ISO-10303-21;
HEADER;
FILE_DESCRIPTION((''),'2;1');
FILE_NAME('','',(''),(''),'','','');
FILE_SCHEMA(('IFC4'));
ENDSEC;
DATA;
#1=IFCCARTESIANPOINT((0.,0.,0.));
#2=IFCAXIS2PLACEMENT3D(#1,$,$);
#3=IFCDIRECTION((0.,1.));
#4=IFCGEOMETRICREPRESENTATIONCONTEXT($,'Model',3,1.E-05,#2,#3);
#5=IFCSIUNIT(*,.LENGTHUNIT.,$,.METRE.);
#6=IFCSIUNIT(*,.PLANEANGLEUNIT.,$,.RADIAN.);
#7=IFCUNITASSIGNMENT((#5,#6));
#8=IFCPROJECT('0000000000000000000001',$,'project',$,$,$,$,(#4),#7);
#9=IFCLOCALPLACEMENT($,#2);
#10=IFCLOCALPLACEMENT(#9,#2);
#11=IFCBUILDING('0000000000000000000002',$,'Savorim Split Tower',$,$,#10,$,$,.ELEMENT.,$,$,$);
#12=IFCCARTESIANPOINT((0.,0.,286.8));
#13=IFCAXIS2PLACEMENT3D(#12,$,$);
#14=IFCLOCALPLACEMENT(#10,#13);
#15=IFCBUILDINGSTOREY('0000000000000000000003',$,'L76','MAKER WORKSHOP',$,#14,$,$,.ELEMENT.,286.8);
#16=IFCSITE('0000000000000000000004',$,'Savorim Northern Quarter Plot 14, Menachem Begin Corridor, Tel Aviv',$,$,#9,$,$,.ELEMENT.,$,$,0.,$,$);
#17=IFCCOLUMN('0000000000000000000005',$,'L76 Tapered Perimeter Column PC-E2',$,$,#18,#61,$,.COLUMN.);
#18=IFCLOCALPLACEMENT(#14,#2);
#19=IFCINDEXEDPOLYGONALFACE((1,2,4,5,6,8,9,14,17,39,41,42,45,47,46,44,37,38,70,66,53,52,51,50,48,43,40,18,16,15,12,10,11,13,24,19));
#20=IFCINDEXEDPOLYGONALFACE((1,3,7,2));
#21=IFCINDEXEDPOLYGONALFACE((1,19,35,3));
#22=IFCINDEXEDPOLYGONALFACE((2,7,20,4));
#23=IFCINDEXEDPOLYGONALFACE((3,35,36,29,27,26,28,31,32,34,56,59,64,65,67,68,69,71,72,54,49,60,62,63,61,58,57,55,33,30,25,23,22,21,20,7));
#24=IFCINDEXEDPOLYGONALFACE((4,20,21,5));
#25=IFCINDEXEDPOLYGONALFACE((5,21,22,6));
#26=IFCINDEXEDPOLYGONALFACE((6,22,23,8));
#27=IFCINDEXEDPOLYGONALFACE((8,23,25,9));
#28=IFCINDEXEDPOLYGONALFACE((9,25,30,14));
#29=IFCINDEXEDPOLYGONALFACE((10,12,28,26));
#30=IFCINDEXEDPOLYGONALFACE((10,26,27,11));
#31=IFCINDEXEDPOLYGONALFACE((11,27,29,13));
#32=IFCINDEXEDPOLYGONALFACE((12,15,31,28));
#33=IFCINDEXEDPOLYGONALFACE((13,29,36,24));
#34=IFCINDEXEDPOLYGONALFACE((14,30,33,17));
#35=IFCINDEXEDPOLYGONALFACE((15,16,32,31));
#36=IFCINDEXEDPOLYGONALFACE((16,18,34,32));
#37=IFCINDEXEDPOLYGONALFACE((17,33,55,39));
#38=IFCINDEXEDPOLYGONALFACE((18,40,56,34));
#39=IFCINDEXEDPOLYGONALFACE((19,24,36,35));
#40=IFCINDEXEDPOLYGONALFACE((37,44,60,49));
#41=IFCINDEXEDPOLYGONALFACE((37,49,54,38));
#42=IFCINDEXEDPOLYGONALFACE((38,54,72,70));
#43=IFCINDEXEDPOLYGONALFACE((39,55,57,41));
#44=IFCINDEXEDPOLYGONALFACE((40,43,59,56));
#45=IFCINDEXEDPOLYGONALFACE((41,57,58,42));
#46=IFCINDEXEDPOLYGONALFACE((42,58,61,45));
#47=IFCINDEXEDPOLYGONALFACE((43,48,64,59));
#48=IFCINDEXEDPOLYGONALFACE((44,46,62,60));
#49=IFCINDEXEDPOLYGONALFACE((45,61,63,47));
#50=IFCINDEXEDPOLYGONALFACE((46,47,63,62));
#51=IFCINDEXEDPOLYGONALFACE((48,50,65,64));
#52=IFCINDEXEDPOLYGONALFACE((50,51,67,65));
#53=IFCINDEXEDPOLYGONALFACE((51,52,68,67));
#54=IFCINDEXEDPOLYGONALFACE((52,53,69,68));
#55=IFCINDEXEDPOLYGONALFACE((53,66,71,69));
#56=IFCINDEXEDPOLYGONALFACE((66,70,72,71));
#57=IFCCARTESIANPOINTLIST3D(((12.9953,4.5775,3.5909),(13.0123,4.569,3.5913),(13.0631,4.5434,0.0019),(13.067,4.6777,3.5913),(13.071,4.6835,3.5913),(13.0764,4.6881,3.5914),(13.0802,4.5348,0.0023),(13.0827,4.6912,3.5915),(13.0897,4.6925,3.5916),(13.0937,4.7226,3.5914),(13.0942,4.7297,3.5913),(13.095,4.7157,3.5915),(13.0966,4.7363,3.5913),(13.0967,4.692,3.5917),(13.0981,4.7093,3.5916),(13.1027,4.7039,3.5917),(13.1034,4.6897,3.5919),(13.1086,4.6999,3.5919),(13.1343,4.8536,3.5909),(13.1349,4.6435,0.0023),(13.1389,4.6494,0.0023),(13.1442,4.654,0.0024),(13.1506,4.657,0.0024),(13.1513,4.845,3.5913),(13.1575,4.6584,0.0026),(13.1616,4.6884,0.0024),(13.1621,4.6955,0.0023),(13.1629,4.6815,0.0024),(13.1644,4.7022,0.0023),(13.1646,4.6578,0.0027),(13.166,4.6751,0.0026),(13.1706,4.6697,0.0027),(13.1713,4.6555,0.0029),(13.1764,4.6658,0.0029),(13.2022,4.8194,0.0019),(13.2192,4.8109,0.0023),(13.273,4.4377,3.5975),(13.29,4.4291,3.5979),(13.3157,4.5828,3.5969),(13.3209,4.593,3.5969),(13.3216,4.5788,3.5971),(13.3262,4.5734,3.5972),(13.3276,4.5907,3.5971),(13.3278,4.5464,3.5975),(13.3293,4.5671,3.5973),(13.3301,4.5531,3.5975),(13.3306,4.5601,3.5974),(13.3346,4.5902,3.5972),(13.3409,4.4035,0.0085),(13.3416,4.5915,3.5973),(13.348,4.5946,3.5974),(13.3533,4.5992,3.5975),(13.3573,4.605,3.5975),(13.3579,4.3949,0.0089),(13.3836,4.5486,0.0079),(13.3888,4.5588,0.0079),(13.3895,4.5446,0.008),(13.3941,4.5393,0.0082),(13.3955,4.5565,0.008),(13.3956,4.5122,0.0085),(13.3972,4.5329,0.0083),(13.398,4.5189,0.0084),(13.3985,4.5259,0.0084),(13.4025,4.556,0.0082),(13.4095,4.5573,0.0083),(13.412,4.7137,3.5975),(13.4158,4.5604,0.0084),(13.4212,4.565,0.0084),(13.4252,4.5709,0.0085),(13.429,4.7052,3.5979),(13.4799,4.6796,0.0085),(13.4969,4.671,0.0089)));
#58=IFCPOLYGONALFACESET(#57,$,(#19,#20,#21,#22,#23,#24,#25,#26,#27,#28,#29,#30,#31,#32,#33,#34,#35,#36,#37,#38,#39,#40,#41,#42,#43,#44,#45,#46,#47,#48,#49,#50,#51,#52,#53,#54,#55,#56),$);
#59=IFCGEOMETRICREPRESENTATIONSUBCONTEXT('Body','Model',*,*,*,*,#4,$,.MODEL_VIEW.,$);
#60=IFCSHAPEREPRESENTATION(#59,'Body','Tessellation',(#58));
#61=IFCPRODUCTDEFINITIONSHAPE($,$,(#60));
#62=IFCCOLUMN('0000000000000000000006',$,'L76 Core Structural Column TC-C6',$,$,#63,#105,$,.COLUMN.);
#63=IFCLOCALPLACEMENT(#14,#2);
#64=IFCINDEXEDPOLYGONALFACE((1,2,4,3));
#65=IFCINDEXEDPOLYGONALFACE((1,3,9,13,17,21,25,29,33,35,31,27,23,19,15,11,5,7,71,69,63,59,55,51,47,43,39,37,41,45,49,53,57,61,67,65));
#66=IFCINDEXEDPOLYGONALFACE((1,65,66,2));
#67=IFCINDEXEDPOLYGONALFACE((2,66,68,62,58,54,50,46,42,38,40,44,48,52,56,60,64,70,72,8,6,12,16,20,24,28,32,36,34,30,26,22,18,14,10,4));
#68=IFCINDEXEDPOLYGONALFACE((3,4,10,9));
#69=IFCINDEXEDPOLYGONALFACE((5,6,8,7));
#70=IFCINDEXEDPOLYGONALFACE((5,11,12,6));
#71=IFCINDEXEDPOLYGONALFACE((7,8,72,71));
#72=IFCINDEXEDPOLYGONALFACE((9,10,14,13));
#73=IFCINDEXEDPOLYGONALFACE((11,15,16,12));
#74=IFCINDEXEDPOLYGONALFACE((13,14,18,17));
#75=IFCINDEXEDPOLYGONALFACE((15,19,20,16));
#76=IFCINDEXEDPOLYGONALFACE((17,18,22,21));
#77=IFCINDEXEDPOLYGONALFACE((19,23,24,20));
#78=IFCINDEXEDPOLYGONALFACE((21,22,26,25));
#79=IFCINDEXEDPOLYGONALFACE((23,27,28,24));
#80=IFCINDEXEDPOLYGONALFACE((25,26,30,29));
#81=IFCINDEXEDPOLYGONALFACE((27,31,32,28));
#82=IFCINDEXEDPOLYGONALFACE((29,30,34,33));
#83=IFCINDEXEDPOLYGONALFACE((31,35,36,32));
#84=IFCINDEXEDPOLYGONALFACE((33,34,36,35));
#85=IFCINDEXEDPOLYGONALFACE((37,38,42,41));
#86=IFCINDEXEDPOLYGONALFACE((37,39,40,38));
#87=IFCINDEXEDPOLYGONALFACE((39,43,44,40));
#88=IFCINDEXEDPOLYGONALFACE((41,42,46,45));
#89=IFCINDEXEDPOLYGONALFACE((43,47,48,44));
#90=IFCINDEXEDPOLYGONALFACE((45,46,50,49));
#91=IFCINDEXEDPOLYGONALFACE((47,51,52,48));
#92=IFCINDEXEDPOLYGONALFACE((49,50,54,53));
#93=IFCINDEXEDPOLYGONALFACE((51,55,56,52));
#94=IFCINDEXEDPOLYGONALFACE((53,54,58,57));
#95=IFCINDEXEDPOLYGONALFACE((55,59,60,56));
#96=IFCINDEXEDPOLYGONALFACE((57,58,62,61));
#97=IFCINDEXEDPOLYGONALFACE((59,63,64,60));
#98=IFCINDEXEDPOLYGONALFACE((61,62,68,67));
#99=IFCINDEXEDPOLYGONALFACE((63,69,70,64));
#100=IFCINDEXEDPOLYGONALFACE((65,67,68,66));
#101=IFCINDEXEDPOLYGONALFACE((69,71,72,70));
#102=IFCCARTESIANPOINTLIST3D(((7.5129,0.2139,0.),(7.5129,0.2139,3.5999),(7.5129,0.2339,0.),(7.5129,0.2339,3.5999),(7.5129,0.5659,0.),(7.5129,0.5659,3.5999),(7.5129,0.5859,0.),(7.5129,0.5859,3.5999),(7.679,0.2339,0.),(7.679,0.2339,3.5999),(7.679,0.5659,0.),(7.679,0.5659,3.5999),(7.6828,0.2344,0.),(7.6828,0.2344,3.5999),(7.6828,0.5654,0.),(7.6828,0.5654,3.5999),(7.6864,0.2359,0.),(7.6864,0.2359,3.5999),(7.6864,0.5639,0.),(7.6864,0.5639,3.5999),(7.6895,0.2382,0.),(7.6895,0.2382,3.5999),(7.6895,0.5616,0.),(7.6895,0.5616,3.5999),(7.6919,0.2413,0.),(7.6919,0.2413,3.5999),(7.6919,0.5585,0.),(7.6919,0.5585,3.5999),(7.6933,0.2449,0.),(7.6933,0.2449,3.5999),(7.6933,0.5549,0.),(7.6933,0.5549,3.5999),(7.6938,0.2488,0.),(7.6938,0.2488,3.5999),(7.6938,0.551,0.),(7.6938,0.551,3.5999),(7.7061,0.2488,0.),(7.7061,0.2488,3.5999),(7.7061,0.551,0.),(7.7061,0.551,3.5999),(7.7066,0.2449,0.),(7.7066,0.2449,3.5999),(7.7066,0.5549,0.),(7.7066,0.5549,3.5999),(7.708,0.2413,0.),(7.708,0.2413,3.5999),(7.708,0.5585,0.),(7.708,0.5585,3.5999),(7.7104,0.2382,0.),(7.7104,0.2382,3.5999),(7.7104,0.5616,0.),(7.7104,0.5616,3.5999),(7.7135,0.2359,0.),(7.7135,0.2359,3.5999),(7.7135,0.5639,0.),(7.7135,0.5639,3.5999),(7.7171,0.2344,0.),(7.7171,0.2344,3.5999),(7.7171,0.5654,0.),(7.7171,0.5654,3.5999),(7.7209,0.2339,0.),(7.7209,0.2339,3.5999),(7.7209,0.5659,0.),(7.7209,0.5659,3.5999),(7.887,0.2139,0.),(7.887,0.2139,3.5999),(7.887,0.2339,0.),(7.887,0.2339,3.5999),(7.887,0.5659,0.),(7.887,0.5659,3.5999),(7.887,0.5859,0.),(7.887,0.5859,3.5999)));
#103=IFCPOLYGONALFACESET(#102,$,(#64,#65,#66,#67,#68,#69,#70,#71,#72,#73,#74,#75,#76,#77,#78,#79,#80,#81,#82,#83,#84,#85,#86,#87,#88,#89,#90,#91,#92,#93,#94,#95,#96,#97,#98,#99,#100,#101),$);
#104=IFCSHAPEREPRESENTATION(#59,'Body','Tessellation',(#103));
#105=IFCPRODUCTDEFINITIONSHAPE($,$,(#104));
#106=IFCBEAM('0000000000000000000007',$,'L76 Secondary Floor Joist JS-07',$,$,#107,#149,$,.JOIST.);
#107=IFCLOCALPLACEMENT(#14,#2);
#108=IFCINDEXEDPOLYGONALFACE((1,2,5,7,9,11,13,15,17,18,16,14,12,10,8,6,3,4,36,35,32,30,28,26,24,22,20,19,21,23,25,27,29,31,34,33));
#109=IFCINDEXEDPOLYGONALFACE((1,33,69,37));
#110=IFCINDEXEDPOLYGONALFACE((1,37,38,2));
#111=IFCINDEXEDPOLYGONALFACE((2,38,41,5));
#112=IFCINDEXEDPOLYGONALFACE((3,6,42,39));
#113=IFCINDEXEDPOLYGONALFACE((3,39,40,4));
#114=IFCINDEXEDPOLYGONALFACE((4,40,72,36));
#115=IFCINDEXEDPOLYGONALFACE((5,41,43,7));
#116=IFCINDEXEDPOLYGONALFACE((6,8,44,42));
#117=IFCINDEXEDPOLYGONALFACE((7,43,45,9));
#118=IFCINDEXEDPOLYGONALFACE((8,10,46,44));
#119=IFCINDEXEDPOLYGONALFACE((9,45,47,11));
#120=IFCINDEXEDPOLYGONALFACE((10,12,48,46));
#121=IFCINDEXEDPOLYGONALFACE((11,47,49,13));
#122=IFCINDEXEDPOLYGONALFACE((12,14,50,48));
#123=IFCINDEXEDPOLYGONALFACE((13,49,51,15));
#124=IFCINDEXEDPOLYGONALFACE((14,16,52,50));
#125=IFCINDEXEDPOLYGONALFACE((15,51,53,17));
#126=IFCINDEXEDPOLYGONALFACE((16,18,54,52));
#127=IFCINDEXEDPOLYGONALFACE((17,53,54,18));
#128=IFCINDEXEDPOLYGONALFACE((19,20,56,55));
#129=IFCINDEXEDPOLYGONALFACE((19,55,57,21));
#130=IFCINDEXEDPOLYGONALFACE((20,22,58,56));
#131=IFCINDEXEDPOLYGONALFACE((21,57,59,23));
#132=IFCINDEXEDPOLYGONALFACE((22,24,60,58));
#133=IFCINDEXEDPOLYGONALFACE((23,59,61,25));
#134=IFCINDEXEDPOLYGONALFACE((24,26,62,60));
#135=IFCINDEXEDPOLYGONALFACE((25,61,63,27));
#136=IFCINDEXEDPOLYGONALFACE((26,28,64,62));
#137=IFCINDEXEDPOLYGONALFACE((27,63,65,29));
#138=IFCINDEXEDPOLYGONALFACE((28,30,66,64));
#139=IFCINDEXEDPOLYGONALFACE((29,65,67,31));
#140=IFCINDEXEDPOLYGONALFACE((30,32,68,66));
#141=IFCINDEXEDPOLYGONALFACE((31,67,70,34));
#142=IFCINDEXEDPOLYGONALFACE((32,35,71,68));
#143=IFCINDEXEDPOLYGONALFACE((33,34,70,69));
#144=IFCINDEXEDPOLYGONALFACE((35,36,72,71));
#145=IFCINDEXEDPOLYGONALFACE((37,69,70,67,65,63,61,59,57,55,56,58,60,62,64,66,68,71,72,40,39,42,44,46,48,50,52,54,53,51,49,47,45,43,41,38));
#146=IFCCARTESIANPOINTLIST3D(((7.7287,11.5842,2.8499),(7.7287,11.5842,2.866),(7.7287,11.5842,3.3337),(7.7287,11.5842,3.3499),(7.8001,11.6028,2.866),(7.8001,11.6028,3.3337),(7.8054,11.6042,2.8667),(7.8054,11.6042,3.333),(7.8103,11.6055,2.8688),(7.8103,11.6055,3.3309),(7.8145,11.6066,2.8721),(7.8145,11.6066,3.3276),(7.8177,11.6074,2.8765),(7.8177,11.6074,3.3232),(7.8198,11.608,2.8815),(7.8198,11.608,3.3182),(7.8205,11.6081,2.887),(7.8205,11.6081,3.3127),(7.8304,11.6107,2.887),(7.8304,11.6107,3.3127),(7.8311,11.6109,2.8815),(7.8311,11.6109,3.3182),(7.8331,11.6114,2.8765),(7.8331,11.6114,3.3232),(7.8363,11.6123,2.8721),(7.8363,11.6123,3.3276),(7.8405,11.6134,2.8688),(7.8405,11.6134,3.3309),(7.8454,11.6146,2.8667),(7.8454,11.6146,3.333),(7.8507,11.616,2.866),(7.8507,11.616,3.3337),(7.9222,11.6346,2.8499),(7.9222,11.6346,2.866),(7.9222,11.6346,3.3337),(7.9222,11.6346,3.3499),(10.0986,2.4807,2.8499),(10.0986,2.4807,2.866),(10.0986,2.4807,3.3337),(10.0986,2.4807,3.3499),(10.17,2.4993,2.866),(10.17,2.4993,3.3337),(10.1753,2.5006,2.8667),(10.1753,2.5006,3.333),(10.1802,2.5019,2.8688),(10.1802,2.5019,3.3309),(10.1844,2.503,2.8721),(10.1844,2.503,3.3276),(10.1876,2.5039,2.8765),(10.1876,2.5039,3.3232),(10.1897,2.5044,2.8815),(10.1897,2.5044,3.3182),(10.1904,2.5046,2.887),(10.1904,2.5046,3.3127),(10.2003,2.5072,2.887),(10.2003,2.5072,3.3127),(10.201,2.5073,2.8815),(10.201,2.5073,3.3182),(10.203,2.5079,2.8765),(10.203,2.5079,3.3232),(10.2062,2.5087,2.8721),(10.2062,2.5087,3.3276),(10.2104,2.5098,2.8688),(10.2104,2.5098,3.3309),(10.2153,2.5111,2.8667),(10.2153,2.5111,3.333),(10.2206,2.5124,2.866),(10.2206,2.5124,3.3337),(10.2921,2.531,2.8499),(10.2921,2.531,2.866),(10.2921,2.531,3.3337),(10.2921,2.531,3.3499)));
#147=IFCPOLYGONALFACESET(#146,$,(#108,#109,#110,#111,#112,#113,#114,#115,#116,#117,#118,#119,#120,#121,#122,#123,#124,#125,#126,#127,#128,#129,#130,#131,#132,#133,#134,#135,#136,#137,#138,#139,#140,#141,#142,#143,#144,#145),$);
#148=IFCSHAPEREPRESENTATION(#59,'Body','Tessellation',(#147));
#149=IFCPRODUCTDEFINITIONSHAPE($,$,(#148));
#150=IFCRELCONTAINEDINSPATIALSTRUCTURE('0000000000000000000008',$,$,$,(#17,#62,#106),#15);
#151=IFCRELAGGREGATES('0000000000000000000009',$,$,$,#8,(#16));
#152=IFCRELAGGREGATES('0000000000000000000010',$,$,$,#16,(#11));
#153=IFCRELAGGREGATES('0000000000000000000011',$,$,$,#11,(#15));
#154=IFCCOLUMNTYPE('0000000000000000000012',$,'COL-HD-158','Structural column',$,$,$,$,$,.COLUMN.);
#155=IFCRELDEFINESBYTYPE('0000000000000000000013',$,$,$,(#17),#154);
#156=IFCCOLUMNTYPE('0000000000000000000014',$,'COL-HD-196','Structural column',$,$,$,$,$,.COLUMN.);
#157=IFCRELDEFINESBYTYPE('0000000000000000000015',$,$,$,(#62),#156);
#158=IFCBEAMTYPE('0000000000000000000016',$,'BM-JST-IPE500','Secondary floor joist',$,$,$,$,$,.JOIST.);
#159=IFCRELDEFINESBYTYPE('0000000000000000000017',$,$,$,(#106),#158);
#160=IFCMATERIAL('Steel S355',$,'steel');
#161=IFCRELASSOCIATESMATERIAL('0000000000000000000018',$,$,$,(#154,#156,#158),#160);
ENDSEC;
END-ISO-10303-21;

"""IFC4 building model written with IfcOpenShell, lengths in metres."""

from ifc_helpers import new_model, si_unit, direction, frame, origin, origin_2d, place, context, subcontext, project, spatial, i_section, extrude, material, material_profile, profile_set, type_object, element, save


model = new_model("IFC4")

# Units and contexts
model_context = context("Model", 3, precision=1e-05, world=origin(), true_north=direction((0.0, 1.0)))
body_context = subcontext(model_context, "Body", "Model", "MODEL_VIEW")
ifc_project = project(units=[si_unit("LENGTHUNIT", "METRE"), si_unit("PLANEANGLEUNIT", "RADIAN")], contexts=[model_context])

# Site, building, storey
site_placement = place(None, origin())
site = spatial("IfcSite", under=ifc_project, at=site_placement, Name="Savorim Northern Quarter Plot 14, Menachem Begin Corridor, Tel Aviv", CompositionType="ELEMENT", RefElevation=0.0)
building_placement = place(site_placement, origin())
building = spatial("IfcBuilding", under=site, at=building_placement, Name="Savorim Split Tower", CompositionType="ELEMENT")
storey_placement = place(building_placement, frame((0.0, 0.0, 286.8)))
storey = spatial("IfcBuildingStorey", under=building, at=storey_placement, Name="L76", Description="MAKER WORKSHOP", CompositionType="ELEMENT", Elevation=286.8)

# Columns
ifc_material_1 = material(Name="Steel S355", Category="steel")
ifc_material_profile_1 = material_profile(ifc_material_1, i_section(OverallWidth=0.3091, OverallDepth=0.3301, WebThickness=0.0115, FlangeThickness=0.019, FilletRadius=0.0271, at=origin_2d()), Name="HD 320x158")
ifc_profile_set_1 = profile_set([ifc_material_profile_1], Name="Steel S355")
column_type_1 = type_object("IfcColumnType", Name="COL-HD-158", Description="Structural column", PredefinedType="COLUMN", material=ifc_profile_set_1)
column_1_placement = place(storey_placement, frame((13.28, 4.6072, 0.0054), z_axis=(-0.018906, 0.009521, 0.999776), x_axis=(-0.449782, -0.893138, 0.0)))
element("IfcColumn", 1, at=column_1_placement, inside=storey, type_object=column_type_1, Name="L76 Tapered Perimeter Column PC-E2", PredefinedType="COLUMN", context=body_context, shape_type="SweptSolid", body=[
    extrude(i_section(OverallWidth=0.3091, OverallDepth=0.3301, WebThickness=0.0115, FlangeThickness=0.019, FilletRadius=0.0271, at=origin_2d()), origin(), (0.0, 0.0, 1.0), 3.5898),
])
ifc_material_profile_2 = material_profile(ifc_material_1, i_section(OverallWidth=0.374, OverallDepth=0.3721, WebThickness=0.0122, FlangeThickness=0.02, FilletRadius=0.0149, at=origin_2d()), Name="HD 360x196")
ifc_profile_set_2 = profile_set([ifc_material_profile_2], Name="Steel S355")
column_type_2 = type_object("IfcColumnType", Name="COL-HD-196", Description="Structural column", PredefinedType="COLUMN", material=ifc_profile_set_2)
column_2_placement = place(storey_placement, frame((7.7, 0.3999, 0.0), z_axis=(0.0, 0.0, 1.0), x_axis=(1.0, 0.0, 0.0)))
element("IfcColumn", 2, at=column_2_placement, inside=storey, type_object=column_type_2, Name="L76 Core Structural Column TC-C6", PredefinedType="COLUMN", context=body_context, shape_type="SweptSolid", body=[
    extrude(i_section(OverallWidth=0.374, OverallDepth=0.3721, WebThickness=0.0122, FlangeThickness=0.02, FilletRadius=0.0149, at=origin_2d()), origin(), (0.0, 0.0, 1.0), 3.5999),
])

# Beam
ifc_material_profile_3 = material_profile(ifc_material_1, i_section(OverallWidth=0.2, OverallDepth=0.5, WebThickness=0.0103, FlangeThickness=0.0161, FilletRadius=0.021, at=origin_2d()), Name="IPE 500")
ifc_profile_set_3 = profile_set([ifc_material_profile_3], Name="Steel S355")
beam_type_1 = type_object("IfcBeamType", Name="BM-JST-IPE500", Description="Secondary floor joist", PredefinedType="JOIST", material=ifc_profile_set_3)
beam_1_placement = place(storey_placement, frame((10.1953, 2.5059, 3.0999), z_axis=(-0.251928, 0.967746, 0.0), x_axis=(-0.967746, -0.251928, 0.0)))
element("IfcBeam", 3, at=beam_1_placement, inside=storey, type_object=beam_type_1, Name="L76 Secondary Floor Joist JS-07", PredefinedType="JOIST", context=body_context, shape_type="SweptSolid", body=[
    extrude(i_section(OverallWidth=0.2, OverallDepth=0.5, WebThickness=0.0103, FlangeThickness=0.0161, FilletRadius=0.021, at=origin_2d()), origin(), (0.0, 0.0, 1.0), 9.407),
])

save(model, "model.ifc")
